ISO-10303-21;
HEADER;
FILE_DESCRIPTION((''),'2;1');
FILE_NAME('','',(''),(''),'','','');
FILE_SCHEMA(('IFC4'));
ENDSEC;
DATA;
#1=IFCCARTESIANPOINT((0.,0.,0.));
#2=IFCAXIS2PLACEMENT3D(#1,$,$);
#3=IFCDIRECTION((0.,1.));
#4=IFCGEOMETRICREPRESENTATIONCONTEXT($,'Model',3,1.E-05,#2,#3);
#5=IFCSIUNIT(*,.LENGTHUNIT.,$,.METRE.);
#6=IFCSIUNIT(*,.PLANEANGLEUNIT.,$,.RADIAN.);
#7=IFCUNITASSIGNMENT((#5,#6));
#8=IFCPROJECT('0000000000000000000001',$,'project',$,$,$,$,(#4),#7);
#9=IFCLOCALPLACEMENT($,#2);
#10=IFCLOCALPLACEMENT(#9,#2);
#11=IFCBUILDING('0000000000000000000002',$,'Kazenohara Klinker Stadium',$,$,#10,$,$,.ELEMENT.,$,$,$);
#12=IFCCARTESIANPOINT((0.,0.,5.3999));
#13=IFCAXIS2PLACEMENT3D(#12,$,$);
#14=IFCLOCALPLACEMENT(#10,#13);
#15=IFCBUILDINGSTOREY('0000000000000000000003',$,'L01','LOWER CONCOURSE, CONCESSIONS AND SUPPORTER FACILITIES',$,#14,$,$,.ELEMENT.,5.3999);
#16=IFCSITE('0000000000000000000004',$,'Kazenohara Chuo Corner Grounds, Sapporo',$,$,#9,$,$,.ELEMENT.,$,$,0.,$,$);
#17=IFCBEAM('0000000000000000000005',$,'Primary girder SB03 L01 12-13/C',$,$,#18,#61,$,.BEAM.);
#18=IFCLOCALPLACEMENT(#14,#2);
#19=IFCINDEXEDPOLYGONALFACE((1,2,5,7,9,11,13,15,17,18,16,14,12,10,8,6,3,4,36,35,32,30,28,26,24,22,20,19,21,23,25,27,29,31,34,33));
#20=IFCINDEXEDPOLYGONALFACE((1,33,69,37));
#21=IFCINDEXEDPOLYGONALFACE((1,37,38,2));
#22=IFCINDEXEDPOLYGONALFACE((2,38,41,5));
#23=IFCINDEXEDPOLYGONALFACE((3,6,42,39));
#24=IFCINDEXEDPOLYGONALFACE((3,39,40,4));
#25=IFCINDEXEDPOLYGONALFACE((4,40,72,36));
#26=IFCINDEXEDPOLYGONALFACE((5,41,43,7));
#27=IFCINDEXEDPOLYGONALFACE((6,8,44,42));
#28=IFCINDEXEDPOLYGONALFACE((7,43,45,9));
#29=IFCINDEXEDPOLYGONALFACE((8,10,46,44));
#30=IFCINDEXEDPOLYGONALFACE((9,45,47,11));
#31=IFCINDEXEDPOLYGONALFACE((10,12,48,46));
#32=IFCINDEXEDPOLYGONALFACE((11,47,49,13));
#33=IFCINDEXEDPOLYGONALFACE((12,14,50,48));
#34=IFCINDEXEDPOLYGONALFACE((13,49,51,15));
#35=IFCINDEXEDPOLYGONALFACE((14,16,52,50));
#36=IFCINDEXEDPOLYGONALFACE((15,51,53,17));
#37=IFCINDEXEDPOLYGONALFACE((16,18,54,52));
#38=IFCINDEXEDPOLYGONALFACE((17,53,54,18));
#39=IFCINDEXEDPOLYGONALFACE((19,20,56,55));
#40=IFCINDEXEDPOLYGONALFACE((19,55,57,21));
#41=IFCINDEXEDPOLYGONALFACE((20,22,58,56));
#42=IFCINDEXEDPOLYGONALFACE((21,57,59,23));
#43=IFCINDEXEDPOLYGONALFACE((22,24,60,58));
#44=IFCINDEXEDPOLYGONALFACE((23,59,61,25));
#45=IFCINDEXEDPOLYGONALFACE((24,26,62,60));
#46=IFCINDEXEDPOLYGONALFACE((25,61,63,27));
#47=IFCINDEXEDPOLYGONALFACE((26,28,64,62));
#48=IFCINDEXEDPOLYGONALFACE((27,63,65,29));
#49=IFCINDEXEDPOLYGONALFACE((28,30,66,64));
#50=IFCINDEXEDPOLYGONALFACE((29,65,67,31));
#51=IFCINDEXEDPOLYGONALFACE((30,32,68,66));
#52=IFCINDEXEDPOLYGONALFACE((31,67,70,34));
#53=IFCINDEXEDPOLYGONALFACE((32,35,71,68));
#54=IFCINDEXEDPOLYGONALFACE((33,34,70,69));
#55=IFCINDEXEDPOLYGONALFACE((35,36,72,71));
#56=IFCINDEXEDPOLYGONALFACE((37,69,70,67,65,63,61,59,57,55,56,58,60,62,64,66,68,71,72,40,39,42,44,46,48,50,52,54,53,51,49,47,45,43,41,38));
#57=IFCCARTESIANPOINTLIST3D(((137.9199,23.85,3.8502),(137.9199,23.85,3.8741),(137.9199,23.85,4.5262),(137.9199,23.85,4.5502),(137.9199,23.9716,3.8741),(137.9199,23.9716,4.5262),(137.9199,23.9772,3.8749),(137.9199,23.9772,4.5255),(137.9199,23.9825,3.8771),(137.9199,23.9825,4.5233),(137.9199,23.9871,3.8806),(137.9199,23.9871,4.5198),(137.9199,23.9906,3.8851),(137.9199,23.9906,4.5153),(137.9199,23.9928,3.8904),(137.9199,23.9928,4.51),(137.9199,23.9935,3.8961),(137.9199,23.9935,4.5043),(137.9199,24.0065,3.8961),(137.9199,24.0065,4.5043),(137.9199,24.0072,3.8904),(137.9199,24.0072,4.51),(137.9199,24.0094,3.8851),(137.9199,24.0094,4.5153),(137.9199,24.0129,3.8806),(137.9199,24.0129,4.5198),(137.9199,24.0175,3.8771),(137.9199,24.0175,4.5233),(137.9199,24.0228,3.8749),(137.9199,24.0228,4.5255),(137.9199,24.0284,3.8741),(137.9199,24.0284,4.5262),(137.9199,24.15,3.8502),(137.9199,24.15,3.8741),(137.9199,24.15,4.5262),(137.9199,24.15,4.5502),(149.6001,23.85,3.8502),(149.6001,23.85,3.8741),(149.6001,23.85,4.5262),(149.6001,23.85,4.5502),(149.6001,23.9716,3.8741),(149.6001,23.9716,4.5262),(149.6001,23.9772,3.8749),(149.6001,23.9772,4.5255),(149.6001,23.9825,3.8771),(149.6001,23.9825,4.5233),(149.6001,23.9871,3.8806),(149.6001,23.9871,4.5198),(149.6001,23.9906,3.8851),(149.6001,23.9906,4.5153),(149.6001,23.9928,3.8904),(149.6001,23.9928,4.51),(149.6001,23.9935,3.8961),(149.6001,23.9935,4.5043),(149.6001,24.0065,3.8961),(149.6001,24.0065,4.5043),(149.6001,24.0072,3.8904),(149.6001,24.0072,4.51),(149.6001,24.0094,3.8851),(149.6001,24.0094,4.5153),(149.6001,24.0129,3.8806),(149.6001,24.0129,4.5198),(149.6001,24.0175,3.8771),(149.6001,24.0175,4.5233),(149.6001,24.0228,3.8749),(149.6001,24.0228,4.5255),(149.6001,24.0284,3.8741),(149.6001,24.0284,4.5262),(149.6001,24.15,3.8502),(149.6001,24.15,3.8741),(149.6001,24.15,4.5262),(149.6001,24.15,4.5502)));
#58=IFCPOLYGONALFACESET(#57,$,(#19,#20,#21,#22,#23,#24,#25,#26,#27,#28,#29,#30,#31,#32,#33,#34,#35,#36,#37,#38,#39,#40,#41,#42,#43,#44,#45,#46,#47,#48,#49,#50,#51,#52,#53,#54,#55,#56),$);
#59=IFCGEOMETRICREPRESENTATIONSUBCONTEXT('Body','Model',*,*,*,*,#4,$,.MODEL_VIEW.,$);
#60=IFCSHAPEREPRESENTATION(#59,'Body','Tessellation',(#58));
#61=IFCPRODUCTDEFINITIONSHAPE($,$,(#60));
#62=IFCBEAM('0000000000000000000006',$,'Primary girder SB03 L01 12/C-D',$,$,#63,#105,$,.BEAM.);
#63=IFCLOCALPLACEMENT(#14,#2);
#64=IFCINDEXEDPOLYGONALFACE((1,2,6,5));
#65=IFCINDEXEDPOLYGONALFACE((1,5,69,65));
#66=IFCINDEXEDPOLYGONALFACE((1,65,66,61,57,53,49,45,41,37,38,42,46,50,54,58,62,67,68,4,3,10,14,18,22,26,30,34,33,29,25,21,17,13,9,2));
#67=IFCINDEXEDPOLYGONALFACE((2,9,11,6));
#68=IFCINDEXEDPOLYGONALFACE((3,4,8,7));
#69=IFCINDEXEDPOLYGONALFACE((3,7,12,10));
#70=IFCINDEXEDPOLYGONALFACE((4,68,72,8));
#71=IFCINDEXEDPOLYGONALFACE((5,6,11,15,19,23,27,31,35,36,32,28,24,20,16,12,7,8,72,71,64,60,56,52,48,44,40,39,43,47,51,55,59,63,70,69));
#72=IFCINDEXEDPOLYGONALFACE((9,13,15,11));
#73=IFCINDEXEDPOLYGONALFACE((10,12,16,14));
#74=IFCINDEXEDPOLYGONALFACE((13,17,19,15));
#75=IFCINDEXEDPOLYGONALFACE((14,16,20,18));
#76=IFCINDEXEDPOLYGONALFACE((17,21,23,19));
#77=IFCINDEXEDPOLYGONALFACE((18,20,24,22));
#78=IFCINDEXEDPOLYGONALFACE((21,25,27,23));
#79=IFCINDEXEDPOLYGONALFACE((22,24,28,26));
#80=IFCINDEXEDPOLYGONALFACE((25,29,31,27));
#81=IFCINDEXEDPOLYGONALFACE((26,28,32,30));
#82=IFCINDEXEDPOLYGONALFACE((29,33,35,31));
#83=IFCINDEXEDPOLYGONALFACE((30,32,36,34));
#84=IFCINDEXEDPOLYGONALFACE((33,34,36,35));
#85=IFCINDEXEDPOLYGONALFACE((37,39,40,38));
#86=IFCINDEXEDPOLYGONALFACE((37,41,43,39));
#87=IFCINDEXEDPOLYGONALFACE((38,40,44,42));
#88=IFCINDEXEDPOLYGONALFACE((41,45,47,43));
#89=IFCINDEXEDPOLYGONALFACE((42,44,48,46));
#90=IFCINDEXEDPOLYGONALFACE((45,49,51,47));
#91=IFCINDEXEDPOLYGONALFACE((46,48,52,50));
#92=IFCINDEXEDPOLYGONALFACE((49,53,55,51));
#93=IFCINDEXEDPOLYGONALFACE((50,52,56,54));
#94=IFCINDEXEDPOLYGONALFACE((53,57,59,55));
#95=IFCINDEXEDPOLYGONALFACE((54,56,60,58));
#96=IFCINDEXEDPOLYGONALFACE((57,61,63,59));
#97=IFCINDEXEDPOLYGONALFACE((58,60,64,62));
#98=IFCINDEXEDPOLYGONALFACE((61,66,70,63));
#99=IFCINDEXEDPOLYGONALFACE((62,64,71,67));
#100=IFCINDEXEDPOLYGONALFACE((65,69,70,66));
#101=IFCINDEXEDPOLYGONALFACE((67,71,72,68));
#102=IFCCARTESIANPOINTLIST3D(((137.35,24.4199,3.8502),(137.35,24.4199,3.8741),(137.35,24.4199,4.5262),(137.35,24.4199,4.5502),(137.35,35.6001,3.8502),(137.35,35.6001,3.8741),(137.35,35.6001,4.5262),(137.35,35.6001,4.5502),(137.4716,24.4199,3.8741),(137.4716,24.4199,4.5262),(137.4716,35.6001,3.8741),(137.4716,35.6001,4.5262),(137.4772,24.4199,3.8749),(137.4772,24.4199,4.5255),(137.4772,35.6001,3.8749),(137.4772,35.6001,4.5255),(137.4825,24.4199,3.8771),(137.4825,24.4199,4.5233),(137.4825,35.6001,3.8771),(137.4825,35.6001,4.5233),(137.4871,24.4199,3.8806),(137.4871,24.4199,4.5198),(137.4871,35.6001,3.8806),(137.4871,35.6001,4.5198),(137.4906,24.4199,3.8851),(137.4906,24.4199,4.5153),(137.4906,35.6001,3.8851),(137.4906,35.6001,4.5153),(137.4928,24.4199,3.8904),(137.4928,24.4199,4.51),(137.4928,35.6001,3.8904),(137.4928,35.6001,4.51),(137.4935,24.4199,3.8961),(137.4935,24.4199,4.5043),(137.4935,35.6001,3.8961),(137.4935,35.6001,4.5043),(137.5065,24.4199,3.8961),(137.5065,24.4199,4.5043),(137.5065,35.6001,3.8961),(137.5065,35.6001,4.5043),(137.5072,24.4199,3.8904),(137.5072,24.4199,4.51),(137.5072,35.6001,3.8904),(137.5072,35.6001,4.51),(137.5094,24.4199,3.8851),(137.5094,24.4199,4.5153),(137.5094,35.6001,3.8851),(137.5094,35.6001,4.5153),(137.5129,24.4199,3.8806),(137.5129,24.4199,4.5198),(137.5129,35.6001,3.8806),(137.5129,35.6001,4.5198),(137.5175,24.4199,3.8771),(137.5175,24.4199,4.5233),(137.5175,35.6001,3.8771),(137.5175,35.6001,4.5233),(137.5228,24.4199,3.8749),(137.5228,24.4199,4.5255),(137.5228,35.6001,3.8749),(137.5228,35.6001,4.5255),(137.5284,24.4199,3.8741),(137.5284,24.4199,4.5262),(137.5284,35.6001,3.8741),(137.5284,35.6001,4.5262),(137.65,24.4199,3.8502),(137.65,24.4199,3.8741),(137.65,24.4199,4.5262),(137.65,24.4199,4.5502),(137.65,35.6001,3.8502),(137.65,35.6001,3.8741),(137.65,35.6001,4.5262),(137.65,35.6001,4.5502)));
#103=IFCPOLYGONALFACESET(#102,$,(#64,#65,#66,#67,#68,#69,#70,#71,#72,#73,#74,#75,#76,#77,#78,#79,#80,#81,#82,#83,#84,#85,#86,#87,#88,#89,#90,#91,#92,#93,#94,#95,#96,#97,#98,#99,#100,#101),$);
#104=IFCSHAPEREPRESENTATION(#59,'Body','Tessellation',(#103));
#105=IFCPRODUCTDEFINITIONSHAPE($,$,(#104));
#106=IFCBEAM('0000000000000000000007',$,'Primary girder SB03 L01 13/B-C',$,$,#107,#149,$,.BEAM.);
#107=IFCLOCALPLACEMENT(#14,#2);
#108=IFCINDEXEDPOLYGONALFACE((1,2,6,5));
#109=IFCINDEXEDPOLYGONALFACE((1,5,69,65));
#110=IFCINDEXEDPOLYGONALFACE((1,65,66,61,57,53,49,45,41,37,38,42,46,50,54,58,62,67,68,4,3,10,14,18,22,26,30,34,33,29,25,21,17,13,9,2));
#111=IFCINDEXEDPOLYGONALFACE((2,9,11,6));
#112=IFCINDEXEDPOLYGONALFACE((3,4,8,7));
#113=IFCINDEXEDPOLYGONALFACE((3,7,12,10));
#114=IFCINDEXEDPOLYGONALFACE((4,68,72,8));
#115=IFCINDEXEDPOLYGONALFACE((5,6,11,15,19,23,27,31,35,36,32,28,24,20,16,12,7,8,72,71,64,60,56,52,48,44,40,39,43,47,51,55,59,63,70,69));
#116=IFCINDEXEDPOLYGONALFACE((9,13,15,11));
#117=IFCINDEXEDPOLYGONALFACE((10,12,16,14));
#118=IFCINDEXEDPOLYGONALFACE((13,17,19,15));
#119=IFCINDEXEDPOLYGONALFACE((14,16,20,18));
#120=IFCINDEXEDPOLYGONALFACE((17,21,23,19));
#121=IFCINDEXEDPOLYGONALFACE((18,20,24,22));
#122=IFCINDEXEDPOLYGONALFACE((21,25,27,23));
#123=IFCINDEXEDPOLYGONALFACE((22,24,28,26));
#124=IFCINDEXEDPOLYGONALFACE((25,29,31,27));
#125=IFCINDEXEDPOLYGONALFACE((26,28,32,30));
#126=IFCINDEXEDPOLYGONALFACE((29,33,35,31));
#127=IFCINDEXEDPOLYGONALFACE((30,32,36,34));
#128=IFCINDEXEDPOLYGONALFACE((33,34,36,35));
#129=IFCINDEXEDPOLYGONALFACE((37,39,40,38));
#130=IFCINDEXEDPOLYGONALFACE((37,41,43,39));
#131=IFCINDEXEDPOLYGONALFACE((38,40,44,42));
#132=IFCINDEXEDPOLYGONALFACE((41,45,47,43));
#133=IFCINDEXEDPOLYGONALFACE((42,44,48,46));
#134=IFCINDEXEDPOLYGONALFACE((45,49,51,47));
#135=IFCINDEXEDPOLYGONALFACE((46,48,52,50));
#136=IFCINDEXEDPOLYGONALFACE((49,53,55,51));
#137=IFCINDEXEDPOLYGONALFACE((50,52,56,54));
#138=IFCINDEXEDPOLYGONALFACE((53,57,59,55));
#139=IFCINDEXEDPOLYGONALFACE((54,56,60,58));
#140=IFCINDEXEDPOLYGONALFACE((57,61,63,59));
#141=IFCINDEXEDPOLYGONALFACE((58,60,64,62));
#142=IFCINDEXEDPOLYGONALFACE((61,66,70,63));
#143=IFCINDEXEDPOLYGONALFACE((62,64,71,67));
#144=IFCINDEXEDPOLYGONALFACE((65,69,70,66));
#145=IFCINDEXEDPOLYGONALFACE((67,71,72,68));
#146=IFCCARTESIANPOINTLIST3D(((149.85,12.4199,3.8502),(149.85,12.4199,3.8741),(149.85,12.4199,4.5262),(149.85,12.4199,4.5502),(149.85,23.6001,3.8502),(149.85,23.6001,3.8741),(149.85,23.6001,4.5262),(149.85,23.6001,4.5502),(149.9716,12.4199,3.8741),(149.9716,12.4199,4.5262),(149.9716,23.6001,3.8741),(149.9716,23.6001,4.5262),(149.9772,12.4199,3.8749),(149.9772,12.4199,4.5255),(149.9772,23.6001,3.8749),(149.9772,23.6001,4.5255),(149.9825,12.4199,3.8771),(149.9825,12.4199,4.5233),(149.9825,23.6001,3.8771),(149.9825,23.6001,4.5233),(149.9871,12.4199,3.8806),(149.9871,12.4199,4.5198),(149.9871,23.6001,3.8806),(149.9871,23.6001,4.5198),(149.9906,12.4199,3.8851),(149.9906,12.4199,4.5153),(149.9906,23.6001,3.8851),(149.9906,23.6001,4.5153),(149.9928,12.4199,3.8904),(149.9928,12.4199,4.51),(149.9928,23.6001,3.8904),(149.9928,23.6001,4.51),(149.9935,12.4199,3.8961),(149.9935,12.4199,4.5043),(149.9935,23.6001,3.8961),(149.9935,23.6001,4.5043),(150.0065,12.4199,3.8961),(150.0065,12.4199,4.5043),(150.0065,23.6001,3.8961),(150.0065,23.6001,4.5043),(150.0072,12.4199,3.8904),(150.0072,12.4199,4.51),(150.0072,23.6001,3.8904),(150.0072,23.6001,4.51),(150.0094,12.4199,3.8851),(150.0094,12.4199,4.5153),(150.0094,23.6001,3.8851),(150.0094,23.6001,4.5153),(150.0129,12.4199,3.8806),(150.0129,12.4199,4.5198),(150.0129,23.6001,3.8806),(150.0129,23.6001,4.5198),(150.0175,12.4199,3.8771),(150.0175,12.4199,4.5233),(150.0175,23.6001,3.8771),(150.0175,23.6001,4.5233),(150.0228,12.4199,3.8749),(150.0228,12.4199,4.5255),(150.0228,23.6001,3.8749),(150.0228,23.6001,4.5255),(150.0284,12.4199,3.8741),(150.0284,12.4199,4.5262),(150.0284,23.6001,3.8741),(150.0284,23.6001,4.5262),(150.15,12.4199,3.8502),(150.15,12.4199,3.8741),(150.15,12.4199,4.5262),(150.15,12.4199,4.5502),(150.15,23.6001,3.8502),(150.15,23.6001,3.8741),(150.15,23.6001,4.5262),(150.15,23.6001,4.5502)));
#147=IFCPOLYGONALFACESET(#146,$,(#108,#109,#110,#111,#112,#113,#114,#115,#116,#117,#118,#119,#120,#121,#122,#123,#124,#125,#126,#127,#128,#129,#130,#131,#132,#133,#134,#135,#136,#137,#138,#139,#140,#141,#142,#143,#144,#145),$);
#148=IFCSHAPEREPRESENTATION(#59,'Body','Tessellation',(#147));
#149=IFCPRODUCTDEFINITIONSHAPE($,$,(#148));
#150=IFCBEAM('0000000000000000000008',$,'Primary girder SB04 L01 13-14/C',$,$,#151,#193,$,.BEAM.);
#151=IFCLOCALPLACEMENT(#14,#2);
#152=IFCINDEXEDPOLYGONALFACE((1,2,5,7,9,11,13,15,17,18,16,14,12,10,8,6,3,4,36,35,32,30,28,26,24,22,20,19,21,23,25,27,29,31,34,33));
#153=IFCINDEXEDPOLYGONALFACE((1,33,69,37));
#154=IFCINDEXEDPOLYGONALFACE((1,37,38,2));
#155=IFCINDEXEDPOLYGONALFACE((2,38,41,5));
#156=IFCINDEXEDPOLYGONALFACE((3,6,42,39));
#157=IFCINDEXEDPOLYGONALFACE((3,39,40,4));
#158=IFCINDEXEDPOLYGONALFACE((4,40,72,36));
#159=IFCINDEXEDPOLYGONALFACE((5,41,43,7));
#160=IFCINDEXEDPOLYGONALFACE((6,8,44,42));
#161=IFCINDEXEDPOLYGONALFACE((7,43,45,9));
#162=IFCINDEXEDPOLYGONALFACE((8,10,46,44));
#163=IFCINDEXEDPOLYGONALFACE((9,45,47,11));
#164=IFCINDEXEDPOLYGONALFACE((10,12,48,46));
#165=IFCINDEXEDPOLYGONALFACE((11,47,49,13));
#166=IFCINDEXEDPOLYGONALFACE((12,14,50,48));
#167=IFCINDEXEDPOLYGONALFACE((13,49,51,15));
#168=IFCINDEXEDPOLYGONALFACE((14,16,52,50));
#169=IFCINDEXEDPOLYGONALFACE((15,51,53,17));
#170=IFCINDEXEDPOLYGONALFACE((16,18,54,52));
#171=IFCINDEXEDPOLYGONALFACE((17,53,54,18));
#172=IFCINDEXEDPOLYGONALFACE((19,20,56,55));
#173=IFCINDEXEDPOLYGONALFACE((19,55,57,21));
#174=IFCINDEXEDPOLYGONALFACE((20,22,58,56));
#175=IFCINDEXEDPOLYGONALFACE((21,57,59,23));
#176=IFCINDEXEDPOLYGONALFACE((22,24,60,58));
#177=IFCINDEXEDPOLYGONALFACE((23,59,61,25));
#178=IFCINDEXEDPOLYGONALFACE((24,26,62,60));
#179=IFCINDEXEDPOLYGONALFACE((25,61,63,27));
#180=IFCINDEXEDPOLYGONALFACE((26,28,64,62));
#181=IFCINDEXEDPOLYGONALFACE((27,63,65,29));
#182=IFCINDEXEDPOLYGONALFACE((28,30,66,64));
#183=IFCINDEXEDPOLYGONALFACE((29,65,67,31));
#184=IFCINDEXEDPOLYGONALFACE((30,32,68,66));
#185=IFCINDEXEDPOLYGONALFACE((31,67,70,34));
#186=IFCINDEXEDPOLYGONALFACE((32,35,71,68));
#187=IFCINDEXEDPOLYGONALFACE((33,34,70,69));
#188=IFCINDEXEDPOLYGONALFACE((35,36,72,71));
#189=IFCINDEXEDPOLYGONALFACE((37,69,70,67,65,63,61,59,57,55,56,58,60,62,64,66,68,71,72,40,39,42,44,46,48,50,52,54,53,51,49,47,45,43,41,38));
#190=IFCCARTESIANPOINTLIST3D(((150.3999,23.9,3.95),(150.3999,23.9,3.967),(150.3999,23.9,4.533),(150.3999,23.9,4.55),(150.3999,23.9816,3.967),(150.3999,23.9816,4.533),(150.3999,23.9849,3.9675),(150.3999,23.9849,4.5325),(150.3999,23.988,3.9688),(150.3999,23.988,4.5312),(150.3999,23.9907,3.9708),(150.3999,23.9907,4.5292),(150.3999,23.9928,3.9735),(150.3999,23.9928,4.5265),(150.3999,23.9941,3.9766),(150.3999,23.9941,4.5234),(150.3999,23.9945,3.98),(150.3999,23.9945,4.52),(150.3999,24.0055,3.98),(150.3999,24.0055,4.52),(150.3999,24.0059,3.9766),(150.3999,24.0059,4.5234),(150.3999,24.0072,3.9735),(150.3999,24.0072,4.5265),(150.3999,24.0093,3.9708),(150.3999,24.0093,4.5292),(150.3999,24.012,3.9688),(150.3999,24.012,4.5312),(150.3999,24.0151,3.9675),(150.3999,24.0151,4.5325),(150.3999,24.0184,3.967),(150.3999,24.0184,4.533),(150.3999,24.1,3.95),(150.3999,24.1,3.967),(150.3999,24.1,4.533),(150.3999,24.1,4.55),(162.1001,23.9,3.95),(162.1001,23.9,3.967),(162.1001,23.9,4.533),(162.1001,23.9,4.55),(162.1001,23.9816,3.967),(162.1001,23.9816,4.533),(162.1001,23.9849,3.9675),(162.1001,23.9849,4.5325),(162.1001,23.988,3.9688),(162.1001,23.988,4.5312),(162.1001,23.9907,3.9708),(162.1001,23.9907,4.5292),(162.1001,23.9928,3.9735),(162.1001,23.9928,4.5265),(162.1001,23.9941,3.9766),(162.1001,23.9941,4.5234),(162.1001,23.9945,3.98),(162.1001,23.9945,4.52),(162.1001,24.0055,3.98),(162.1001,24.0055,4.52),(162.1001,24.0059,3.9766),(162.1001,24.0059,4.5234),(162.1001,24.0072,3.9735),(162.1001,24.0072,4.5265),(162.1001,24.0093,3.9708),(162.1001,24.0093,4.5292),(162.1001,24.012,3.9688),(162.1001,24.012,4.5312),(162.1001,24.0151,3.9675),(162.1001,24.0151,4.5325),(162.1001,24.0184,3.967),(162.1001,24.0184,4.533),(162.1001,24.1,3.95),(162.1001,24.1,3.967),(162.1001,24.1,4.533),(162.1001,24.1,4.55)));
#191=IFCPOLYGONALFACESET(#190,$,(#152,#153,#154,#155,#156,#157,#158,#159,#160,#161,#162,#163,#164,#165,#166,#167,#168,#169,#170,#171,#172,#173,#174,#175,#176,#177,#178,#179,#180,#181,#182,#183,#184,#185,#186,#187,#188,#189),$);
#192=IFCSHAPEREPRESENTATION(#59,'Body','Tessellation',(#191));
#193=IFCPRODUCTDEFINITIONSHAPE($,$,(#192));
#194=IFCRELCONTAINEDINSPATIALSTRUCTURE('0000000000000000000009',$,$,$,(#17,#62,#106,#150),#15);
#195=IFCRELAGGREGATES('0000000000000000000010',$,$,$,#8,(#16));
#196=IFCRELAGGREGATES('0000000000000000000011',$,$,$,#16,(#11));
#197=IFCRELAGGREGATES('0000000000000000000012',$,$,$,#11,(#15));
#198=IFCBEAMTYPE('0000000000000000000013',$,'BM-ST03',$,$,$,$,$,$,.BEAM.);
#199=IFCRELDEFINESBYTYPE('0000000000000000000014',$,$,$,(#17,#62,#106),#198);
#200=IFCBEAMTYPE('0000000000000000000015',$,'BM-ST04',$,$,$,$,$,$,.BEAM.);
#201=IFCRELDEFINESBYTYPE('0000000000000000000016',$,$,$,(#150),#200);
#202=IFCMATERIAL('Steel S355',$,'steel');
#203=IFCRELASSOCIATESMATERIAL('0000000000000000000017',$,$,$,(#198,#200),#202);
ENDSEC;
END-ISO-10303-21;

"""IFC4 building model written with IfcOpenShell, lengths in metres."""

from ifc_helpers import new_model, si_unit, direction, frame, origin, origin_2d, place, context, subcontext, project, spatial, i_section, extrude, material, material_profile, profile_set, type_object, element, save


model = new_model("IFC4")

# Units and contexts
model_context = context("Model", 3, precision=1e-05, world=origin(), true_north=direction((0.0, 1.0)))
body_context = subcontext(model_context, "Body", "Model", "MODEL_VIEW")
ifc_project = project(units=[si_unit("LENGTHUNIT", "METRE"), si_unit("PLANEANGLEUNIT", "RADIAN")], contexts=[model_context])

# Site, building, storey
site_placement = place(None, origin())
site = spatial("IfcSite", under=ifc_project, at=site_placement, Name="Kazenohara Chuo Corner Grounds, Sapporo", CompositionType="ELEMENT", RefElevation=0.0)
building_placement = place(site_placement, origin())
building = spatial("IfcBuilding", under=site, at=building_placement, Name="Kazenohara Klinker Stadium", CompositionType="ELEMENT")
storey_placement = place(building_placement, frame((0.0, 0.0, 5.3999)))
storey = spatial("IfcBuildingStorey", under=building, at=storey_placement, Name="L01", Description="LOWER CONCOURSE, CONCESSIONS AND SUPPORTER FACILITIES", CompositionType="ELEMENT", Elevation=5.3999)

# Beams
ifc_material_1 = material(Name="Steel S355", Category="steel")
ifc_material_profile_1 = material_profile(ifc_material_1, i_section(OverallWidth=0.3, OverallDepth=0.7, WebThickness=0.0129, FlangeThickness=0.0239, FilletRadius=0.022, at=origin_2d()), Name="H-700x300x13x24")
ifc_profile_set_1 = profile_set([ifc_material_profile_1], Name="Steel S355")
beam_type_1 = type_object("IfcBeamType", Name="BM-ST03", PredefinedType="BEAM", material=ifc_profile_set_1)
beam_1_placement = place(storey_placement, frame((137.9199, 24.0, 4.2002), z_axis=(1.0, 0.0, 0.0), x_axis=(0.0, 1.0, 0.0)))
element("IfcBeam", 1, at=beam_1_placement, inside=storey, type_object=beam_type_1, Name="Primary girder SB03 L01 12-13/C", PredefinedType="BEAM", context=body_context, shape_type="SweptSolid", body=[
    extrude(i_section(OverallWidth=0.3, OverallDepth=0.7, WebThickness=0.0129, FlangeThickness=0.0239, FilletRadius=0.022, at=origin_2d()), origin(), (0.0, 0.0, 1.0), 11.6802),
])
for number, where, z_axis, x_axis, name in (
    (2, (137.5, 24.4199, 4.2002), (0.0, 1.0, 0.0), (-1.0, 0.0, 0.0), "Primary girder SB03 L01 12/C-D"),
    (3, (150.0, 12.4199, 4.2002), (0.0, 1.0, 0.0), (-1.0, 0.0, 0.0), "Primary girder SB03 L01 13/B-C"),
):
    element("IfcBeam", number, at=place(storey_placement, frame(where, z_axis=z_axis, x_axis=x_axis)), inside=storey, type_object=beam_type_1, Name=name, PredefinedType="BEAM", context=body_context, shape_type="SweptSolid", body=[
        extrude(i_section(OverallWidth=0.3, OverallDepth=0.7, WebThickness=0.0129, FlangeThickness=0.0239, FilletRadius=0.022, at=origin_2d()), origin(), (0.0, 0.0, 1.0), 11.1802),
    ])
ifc_material_profile_2 = material_profile(ifc_material_1, i_section(OverallWidth=0.2, OverallDepth=0.6001, WebThickness=0.011, FlangeThickness=0.0171, FilletRadius=0.0129, at=origin_2d()), Name="H-600x200x11x17")
ifc_profile_set_2 = profile_set([ifc_material_profile_2], Name="Steel S355")
beam_type_2 = type_object("IfcBeamType", Name="BM-ST04", PredefinedType="BEAM", material=ifc_profile_set_2)
beam_2_placement = place(storey_placement, frame((150.3999, 24.0, 4.25), z_axis=(1.0, 0.0, 0.0), x_axis=(0.0, 1.0, 0.0)))
element("IfcBeam", 4, at=beam_2_placement, inside=storey, type_object=beam_type_2, Name="Primary girder SB04 L01 13-14/C", PredefinedType="BEAM", context=body_context, shape_type="SweptSolid", body=[
    extrude(i_section(OverallWidth=0.2, OverallDepth=0.6001, WebThickness=0.011, FlangeThickness=0.0171, FilletRadius=0.0129, at=origin_2d()), origin(), (0.0, 0.0, 1.0), 11.7002),
])

save(model, "model.ifc")
